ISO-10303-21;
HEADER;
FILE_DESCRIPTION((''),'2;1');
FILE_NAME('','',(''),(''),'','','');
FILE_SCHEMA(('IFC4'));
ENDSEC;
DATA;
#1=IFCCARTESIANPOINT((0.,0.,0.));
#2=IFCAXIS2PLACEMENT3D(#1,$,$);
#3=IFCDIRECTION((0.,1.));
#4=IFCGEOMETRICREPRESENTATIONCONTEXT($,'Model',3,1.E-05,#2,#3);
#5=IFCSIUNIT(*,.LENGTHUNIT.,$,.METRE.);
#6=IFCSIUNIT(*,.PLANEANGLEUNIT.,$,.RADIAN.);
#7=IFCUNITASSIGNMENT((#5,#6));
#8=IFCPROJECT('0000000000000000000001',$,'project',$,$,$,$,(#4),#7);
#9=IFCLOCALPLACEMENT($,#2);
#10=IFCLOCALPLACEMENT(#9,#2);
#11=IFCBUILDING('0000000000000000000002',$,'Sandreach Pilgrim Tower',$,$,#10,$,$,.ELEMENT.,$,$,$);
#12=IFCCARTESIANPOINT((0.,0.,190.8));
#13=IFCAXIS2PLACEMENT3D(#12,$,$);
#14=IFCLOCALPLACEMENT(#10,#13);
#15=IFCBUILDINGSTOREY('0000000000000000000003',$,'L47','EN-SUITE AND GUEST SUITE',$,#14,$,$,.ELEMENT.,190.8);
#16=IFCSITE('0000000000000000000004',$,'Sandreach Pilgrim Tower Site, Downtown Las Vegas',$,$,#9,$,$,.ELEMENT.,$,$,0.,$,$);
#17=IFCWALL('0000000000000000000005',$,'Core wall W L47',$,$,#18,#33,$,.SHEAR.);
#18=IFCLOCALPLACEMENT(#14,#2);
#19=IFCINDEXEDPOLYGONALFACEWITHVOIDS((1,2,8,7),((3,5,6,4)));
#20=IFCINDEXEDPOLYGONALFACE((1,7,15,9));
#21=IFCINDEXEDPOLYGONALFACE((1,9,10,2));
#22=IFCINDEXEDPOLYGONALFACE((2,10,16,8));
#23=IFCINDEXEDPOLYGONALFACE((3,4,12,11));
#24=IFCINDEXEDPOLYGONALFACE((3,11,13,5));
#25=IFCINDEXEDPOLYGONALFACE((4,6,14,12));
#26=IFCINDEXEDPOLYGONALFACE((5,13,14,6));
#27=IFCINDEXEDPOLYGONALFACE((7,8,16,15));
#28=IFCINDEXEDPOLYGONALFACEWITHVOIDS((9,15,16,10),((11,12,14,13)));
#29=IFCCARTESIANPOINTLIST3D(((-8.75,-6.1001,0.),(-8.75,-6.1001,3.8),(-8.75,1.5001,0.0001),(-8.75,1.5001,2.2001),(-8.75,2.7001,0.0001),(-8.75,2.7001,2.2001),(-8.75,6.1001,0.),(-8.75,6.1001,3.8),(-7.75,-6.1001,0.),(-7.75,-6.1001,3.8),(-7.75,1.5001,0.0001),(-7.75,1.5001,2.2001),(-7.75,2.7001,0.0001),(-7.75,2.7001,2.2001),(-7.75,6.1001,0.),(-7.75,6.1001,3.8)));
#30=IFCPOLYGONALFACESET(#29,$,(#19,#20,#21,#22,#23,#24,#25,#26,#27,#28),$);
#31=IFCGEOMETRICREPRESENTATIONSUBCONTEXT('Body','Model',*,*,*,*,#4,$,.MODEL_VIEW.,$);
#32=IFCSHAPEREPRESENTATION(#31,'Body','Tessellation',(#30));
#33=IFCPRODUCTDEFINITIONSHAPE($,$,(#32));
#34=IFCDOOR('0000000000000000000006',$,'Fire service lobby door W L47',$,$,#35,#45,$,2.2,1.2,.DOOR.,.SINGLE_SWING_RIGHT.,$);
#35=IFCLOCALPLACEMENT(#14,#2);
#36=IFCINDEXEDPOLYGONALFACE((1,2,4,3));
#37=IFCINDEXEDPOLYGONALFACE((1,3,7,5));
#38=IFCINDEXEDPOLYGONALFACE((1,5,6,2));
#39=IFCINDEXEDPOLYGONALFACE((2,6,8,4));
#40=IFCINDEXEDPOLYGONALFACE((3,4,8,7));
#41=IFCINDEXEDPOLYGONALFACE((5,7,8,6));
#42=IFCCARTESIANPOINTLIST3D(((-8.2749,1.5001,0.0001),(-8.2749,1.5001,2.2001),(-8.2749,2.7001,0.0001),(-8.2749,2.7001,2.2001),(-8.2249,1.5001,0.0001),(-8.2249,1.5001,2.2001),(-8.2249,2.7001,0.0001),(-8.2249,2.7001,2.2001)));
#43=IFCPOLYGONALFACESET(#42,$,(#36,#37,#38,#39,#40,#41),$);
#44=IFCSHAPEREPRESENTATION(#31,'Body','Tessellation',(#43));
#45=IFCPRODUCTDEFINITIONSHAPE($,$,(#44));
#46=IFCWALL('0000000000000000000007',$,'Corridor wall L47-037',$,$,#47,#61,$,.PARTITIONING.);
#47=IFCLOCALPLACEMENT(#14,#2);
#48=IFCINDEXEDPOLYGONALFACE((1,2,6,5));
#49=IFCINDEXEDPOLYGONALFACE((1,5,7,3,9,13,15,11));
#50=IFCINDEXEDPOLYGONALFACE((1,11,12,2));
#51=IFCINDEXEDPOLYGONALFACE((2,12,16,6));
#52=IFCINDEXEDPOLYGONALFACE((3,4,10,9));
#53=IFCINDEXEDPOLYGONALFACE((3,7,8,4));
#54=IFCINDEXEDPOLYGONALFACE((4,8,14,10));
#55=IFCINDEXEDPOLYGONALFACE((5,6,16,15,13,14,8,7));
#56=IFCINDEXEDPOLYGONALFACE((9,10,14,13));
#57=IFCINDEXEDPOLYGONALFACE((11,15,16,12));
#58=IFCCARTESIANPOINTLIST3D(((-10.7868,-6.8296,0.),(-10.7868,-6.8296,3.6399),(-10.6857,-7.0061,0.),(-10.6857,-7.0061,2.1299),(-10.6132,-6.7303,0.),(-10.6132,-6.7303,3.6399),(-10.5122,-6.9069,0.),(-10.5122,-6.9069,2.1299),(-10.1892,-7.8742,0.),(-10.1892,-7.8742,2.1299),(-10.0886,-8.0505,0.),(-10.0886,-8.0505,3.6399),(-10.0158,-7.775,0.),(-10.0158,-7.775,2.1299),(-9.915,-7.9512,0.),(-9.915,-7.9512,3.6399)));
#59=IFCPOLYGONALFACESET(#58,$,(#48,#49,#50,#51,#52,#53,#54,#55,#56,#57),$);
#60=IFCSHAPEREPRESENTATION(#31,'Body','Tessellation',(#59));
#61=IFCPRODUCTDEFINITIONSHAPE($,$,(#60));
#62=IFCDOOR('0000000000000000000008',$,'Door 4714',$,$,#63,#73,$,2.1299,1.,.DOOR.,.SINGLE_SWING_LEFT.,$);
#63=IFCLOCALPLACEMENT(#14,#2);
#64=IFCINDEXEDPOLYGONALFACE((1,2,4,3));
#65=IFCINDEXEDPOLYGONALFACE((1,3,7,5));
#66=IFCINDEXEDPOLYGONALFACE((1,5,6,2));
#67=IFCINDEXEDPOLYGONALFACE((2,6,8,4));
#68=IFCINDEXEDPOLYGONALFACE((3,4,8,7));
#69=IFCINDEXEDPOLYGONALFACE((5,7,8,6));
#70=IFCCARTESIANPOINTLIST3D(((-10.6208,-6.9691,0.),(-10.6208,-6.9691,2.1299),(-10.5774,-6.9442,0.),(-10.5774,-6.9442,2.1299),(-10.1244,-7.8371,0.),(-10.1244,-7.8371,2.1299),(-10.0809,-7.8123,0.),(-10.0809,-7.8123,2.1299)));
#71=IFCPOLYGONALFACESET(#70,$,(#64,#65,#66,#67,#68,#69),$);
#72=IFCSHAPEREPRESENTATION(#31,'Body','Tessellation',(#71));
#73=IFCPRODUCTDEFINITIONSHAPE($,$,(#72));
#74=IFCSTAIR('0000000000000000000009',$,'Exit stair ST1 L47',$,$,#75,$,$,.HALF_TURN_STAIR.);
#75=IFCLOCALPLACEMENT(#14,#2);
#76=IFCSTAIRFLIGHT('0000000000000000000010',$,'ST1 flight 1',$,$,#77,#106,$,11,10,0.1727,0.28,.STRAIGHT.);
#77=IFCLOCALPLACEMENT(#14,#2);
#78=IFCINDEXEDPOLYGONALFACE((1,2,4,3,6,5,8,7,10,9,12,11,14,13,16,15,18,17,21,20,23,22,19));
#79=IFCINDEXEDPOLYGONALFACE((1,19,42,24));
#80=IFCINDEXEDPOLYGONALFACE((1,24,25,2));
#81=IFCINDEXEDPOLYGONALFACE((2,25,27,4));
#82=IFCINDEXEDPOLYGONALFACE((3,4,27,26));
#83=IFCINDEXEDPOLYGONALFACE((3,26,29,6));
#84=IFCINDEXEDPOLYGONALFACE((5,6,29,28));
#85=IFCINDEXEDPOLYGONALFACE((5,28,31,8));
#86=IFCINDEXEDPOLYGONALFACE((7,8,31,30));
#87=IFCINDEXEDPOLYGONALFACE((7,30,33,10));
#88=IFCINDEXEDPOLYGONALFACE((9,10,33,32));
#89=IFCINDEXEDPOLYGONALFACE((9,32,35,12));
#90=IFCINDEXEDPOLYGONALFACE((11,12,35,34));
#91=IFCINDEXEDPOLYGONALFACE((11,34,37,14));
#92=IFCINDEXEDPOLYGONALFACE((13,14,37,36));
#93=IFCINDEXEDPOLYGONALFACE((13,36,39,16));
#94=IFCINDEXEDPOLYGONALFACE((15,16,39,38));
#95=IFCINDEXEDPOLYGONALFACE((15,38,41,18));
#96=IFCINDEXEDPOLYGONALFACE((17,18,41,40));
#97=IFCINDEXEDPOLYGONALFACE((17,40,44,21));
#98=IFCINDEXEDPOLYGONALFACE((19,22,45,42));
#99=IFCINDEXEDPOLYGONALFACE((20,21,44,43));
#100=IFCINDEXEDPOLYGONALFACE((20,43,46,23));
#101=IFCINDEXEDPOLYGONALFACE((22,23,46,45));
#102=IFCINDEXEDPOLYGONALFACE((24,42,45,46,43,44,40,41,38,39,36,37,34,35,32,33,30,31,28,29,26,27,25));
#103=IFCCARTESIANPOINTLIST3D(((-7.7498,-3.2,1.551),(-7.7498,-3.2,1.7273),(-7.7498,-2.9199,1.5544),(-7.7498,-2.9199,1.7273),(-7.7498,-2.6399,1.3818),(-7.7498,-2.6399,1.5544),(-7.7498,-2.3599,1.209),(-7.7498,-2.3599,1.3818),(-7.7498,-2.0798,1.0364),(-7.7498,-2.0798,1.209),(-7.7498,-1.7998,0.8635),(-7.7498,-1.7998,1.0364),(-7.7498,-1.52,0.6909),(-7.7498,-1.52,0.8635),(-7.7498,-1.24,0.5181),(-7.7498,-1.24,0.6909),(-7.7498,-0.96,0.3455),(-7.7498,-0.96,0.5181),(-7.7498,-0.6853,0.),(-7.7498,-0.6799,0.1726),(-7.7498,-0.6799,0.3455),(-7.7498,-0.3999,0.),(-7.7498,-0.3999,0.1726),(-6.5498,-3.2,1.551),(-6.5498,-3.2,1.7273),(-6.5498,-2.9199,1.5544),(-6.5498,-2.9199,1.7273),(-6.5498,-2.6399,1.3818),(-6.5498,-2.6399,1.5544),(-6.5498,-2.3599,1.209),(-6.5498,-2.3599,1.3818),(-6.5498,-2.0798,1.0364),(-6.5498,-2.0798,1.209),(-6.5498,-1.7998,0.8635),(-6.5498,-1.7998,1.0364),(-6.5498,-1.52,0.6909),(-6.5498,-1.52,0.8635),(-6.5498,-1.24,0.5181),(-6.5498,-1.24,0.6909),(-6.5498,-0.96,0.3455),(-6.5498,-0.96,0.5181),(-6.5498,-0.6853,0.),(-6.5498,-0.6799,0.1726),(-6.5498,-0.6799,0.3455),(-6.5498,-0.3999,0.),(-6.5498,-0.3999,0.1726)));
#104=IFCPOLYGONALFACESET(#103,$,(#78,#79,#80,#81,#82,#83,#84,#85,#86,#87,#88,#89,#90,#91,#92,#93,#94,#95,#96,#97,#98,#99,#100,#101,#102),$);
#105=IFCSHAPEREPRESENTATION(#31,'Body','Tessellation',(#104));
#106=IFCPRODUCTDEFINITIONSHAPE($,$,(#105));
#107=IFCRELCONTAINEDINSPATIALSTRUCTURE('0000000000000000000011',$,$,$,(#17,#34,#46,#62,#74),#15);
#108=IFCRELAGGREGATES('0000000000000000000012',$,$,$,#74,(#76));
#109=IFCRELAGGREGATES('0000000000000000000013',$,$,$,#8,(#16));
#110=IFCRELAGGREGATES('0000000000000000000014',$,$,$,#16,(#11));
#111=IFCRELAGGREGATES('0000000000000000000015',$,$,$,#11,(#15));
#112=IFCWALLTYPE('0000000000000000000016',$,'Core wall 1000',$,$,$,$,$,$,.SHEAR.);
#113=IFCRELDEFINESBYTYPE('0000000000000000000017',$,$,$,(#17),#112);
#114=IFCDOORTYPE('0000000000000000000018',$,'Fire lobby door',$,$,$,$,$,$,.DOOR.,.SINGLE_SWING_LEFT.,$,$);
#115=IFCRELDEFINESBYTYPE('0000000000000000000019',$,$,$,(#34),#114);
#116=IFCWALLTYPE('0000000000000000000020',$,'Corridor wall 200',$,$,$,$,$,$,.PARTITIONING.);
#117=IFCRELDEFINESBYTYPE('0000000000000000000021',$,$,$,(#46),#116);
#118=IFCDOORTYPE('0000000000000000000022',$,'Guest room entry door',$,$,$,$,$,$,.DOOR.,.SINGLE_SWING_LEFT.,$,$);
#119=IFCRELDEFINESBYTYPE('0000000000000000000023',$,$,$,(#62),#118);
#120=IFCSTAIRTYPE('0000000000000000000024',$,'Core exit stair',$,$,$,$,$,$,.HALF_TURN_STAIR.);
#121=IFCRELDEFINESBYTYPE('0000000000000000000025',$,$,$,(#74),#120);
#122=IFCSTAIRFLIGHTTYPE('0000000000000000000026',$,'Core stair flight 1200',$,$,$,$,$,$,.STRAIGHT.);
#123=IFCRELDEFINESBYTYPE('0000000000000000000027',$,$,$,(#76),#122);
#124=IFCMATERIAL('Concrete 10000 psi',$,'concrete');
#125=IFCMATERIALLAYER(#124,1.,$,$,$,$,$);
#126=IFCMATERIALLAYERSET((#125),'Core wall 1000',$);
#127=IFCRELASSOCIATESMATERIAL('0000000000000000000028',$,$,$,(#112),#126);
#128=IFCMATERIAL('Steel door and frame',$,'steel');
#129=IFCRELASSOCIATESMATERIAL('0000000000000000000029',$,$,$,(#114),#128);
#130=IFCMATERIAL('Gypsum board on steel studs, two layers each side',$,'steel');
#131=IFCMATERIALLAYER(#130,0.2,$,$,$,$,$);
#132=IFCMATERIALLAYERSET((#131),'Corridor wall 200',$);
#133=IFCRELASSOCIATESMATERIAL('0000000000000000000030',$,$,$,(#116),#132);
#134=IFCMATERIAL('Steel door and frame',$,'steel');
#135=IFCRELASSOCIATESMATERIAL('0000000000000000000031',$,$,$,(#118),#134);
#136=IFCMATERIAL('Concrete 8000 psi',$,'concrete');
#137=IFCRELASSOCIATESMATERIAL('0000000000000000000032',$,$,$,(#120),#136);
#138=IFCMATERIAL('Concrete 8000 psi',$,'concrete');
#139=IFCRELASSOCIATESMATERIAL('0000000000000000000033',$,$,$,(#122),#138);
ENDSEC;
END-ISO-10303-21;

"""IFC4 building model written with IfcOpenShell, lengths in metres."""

from ifc_helpers import new_model, si_unit, direction, frame, frame_2d, origin, place, context, subcontext, project, spatial, polyline, rectangle, outline, extrude, material, layer, layer_set, type_object, element, fill, aggregate, save


model = new_model("IFC4")

# Units and contexts
model_context = context("Model", 3, precision=1e-05, world=origin(), true_north=direction((0.0, 1.0)))
body_context = subcontext(model_context, "Body", "Model", "MODEL_VIEW")
ifc_project = project(units=[si_unit("LENGTHUNIT", "METRE"), si_unit("PLANEANGLEUNIT", "RADIAN")], contexts=[model_context])

# Site, building, storey
site_placement = place(None, origin())
site = spatial("IfcSite", under=ifc_project, at=site_placement, Name="Sandreach Pilgrim Tower Site, Downtown Las Vegas", CompositionType="ELEMENT", RefElevation=0.0)
building_placement = place(site_placement, origin())
building = spatial("IfcBuilding", under=site, at=building_placement, Name="Sandreach Pilgrim Tower", CompositionType="ELEMENT")
storey_placement = place(building_placement, frame((0.0, 0.0, 190.8)))
storey = spatial("IfcBuildingStorey", under=building, at=storey_placement, Name="L47", Description="EN-SUITE AND GUEST SUITE", CompositionType="ELEMENT", Elevation=190.8)

# Shared definitions
ifc_material_1 = material(Name="Concrete 10000 psi", Category="concrete")
ifc_layer_1 = layer(ifc_material_1, 1.0)
ifc_layer_set_1 = layer_set([ifc_layer_1], Name="Core wall 1000")
wall_type_1 = type_object("IfcWallType", Name="Core wall 1000", PredefinedType="SHEAR", material=ifc_layer_set_1)

# Walls, openings, doors
wall_1_placement = place(storey_placement, frame((-8.25, -6.1001, 0.0), z_axis=(0.0, 0.0, 1.0), x_axis=(0.0, 1.0, 0.0)))
wall_1 = element("IfcWall", 1, at=wall_1_placement, inside=storey, type_object=wall_type_1, Name="Core wall W L47", PredefinedType="SHEAR", context=body_context, shape_type="SweptSolid", body=[
    extrude(rectangle(XDim=12.2002, YDim=1.0, at=frame_2d((6.1001, 0.0))), origin(), (0.0, 0.0, 1.0), 3.8),
])
opening_1_placement = place(wall_1_placement, frame((7.6001, 0.0, 0.0)))
opening_1 = element("IfcOpeningElement", 2, at=opening_1_placement, cuts=wall_1, PredefinedType="OPENING", context=body_context, shape_type="SweptSolid", body=[
    extrude(rectangle(XDim=1.2, YDim=2.2, at=frame_2d((0.6001, 1.1001))), frame((0.0, 0.5, 0.0), z_axis=(0.0, -1.0, 0.0), x_axis=(1.0, 0.0, 0.0)), (0.0, 0.0, 1.0), 1.0),
])
ifc_material_2 = material(Name="Steel door and frame", Category="steel")
door_type_1 = type_object("IfcDoorType", Name="Fire lobby door", OperationType="SINGLE_SWING_LEFT", PredefinedType="DOOR", material=ifc_material_2)
door_1_placement = place(opening_1_placement, origin())
door_1 = element("IfcDoor", 3, at=door_1_placement, inside=storey, type_object=door_type_1, Name="Fire service lobby door W L47", OperationType="SINGLE_SWING_RIGHT", OverallHeight=2.2, OverallWidth=1.2, PredefinedType="DOOR", context=body_context, shape_type="SweptSolid", body=[
    extrude(rectangle(XDim=1.2, YDim=2.2, at=frame_2d((0.6001, 1.1001))), frame((0.0, 0.0249, 0.0), z_axis=(0.0, -1.0, 0.0), x_axis=(1.0, 0.0, 0.0)), (0.0, 0.0, 1.0), 0.05),
])
fill(opening_1, door_1)
ifc_material_3 = material(Name="Gypsum board on steel studs, two layers each side", Category="steel")
ifc_layer_2 = layer(ifc_material_3, 0.2)
ifc_layer_set_2 = layer_set([ifc_layer_2], Name="Corridor wall 200")
wall_type_2 = type_object("IfcWallType", Name="Corridor wall 200", PredefinedType="PARTITIONING", material=ifc_layer_set_2)
wall_2_placement = place(storey_placement, frame((-10.7, -6.78, 0.0), z_axis=(0.0, 0.0, 1.0), x_axis=(0.496438, -0.868072, 0.0)))
wall_2 = element("IfcWall", 4, at=wall_2_placement, inside=storey, type_object=wall_type_2, Name="Corridor wall L47-037", PredefinedType="PARTITIONING", context=body_context, shape_type="SweptSolid", body=[
    extrude(rectangle(XDim=1.4065, YDim=0.2, at=frame_2d((0.7031, 0.0))), origin(), (0.0, 0.0, 1.0), 3.6399),
])
opening_2_placement = place(wall_2_placement, frame((0.2034, 0.0, 0.0)))
opening_2 = element("IfcOpeningElement", 5, at=opening_2_placement, cuts=wall_2, PredefinedType="OPENING", context=body_context, shape_type="SweptSolid", body=[
    extrude(rectangle(XDim=1.0, YDim=2.1299, at=frame_2d((0.5, 1.0649))), frame((0.0, 0.1001, 0.0), z_axis=(0.0, -1.0, 0.0), x_axis=(1.0, 0.0, 0.0)), (0.0, 0.0, 1.0), 0.2),
])
ifc_material_4 = material(Name="Steel door and frame", Category="steel")
door_type_2 = type_object("IfcDoorType", Name="Guest room entry door", OperationType="SINGLE_SWING_LEFT", PredefinedType="DOOR", material=ifc_material_4)
door_2_placement = place(opening_2_placement, origin())
door_2 = element("IfcDoor", 6, at=door_2_placement, inside=storey, type_object=door_type_2, Name="Door 4714", OperationType="SINGLE_SWING_LEFT", OverallHeight=2.1299, OverallWidth=1.0, PredefinedType="DOOR", context=body_context, shape_type="SweptSolid", body=[
    extrude(rectangle(XDim=1.0, YDim=2.1299, at=frame_2d((0.5, 1.0649))), frame((0.0, 0.0249, 0.0), z_axis=(0.0, -1.0, 0.0), x_axis=(1.0, 0.0, 0.0)), (0.0, 0.0, 1.0), 0.05),
])
fill(opening_2, door_2)

# Stair, stair flight
ifc_material_5 = material(Name="Concrete 8000 psi", Category="concrete")
stair_type = type_object("IfcStairType", Name="Core exit stair", PredefinedType="HALF_TURN_STAIR", material=ifc_material_5)
stair_placement = place(storey_placement, origin())
stair = element("IfcStair", 7, at=stair_placement, inside=storey, type_object=stair_type, Name="Exit stair ST1 L47", PredefinedType="HALF_TURN_STAIR")
ifc_material_6 = material(Name="Concrete 8000 psi", Category="concrete")
stair_flight_type = type_object("IfcStairFlightType", Name="Core stair flight 1200", PredefinedType="STRAIGHT", material=ifc_material_6)
stair_flight_placement = place(storey_placement, frame((-7.1499, -0.3999, 0.0), z_axis=(0.0, 0.0, 1.0), x_axis=(0.0, -1.0, 0.0)))
stair_flight = element("IfcStairFlight", 8, at=stair_flight_placement, type_object=stair_flight_type, Name="ST1 flight 1", NumberOfRisers=11, NumberOfTreads=10, PredefinedType="STRAIGHT", RiserHeight=0.1727, TreadLength=0.28, context=body_context, shape_type="SweptSolid", body=[
    extrude(outline(polyline([(0.0, 0.0), (0.0, 0.1726), (0.28, 0.1726), (0.28, 0.3455), (0.5601, 0.3455), (0.5601, 0.5181), (0.8401, 0.5181), (0.8401, 0.6909), (1.1201, 0.6909), (1.1201, 0.8635), (1.3999, 0.8635), (1.3999, 1.0364), (1.6799, 1.0364), (1.6799, 1.209), (1.96, 1.209), (1.96, 1.3818), (2.24, 1.3818), (2.24, 1.5544), (2.52, 1.5544), (2.52, 1.7273), (2.8, 1.7273), (2.8, 1.8999), (2.8, 1.551), (0.2854, 0.0), (0.0, 0.0)])), frame((0.0, 0.6001, 0.0), z_axis=(0.0, -1.0, 0.0), x_axis=(1.0, 0.0, 0.0)), (0.0, 0.0, 1.0), 1.2),
])
aggregate(stair, [stair_flight])

save(model, "model.ifc")
